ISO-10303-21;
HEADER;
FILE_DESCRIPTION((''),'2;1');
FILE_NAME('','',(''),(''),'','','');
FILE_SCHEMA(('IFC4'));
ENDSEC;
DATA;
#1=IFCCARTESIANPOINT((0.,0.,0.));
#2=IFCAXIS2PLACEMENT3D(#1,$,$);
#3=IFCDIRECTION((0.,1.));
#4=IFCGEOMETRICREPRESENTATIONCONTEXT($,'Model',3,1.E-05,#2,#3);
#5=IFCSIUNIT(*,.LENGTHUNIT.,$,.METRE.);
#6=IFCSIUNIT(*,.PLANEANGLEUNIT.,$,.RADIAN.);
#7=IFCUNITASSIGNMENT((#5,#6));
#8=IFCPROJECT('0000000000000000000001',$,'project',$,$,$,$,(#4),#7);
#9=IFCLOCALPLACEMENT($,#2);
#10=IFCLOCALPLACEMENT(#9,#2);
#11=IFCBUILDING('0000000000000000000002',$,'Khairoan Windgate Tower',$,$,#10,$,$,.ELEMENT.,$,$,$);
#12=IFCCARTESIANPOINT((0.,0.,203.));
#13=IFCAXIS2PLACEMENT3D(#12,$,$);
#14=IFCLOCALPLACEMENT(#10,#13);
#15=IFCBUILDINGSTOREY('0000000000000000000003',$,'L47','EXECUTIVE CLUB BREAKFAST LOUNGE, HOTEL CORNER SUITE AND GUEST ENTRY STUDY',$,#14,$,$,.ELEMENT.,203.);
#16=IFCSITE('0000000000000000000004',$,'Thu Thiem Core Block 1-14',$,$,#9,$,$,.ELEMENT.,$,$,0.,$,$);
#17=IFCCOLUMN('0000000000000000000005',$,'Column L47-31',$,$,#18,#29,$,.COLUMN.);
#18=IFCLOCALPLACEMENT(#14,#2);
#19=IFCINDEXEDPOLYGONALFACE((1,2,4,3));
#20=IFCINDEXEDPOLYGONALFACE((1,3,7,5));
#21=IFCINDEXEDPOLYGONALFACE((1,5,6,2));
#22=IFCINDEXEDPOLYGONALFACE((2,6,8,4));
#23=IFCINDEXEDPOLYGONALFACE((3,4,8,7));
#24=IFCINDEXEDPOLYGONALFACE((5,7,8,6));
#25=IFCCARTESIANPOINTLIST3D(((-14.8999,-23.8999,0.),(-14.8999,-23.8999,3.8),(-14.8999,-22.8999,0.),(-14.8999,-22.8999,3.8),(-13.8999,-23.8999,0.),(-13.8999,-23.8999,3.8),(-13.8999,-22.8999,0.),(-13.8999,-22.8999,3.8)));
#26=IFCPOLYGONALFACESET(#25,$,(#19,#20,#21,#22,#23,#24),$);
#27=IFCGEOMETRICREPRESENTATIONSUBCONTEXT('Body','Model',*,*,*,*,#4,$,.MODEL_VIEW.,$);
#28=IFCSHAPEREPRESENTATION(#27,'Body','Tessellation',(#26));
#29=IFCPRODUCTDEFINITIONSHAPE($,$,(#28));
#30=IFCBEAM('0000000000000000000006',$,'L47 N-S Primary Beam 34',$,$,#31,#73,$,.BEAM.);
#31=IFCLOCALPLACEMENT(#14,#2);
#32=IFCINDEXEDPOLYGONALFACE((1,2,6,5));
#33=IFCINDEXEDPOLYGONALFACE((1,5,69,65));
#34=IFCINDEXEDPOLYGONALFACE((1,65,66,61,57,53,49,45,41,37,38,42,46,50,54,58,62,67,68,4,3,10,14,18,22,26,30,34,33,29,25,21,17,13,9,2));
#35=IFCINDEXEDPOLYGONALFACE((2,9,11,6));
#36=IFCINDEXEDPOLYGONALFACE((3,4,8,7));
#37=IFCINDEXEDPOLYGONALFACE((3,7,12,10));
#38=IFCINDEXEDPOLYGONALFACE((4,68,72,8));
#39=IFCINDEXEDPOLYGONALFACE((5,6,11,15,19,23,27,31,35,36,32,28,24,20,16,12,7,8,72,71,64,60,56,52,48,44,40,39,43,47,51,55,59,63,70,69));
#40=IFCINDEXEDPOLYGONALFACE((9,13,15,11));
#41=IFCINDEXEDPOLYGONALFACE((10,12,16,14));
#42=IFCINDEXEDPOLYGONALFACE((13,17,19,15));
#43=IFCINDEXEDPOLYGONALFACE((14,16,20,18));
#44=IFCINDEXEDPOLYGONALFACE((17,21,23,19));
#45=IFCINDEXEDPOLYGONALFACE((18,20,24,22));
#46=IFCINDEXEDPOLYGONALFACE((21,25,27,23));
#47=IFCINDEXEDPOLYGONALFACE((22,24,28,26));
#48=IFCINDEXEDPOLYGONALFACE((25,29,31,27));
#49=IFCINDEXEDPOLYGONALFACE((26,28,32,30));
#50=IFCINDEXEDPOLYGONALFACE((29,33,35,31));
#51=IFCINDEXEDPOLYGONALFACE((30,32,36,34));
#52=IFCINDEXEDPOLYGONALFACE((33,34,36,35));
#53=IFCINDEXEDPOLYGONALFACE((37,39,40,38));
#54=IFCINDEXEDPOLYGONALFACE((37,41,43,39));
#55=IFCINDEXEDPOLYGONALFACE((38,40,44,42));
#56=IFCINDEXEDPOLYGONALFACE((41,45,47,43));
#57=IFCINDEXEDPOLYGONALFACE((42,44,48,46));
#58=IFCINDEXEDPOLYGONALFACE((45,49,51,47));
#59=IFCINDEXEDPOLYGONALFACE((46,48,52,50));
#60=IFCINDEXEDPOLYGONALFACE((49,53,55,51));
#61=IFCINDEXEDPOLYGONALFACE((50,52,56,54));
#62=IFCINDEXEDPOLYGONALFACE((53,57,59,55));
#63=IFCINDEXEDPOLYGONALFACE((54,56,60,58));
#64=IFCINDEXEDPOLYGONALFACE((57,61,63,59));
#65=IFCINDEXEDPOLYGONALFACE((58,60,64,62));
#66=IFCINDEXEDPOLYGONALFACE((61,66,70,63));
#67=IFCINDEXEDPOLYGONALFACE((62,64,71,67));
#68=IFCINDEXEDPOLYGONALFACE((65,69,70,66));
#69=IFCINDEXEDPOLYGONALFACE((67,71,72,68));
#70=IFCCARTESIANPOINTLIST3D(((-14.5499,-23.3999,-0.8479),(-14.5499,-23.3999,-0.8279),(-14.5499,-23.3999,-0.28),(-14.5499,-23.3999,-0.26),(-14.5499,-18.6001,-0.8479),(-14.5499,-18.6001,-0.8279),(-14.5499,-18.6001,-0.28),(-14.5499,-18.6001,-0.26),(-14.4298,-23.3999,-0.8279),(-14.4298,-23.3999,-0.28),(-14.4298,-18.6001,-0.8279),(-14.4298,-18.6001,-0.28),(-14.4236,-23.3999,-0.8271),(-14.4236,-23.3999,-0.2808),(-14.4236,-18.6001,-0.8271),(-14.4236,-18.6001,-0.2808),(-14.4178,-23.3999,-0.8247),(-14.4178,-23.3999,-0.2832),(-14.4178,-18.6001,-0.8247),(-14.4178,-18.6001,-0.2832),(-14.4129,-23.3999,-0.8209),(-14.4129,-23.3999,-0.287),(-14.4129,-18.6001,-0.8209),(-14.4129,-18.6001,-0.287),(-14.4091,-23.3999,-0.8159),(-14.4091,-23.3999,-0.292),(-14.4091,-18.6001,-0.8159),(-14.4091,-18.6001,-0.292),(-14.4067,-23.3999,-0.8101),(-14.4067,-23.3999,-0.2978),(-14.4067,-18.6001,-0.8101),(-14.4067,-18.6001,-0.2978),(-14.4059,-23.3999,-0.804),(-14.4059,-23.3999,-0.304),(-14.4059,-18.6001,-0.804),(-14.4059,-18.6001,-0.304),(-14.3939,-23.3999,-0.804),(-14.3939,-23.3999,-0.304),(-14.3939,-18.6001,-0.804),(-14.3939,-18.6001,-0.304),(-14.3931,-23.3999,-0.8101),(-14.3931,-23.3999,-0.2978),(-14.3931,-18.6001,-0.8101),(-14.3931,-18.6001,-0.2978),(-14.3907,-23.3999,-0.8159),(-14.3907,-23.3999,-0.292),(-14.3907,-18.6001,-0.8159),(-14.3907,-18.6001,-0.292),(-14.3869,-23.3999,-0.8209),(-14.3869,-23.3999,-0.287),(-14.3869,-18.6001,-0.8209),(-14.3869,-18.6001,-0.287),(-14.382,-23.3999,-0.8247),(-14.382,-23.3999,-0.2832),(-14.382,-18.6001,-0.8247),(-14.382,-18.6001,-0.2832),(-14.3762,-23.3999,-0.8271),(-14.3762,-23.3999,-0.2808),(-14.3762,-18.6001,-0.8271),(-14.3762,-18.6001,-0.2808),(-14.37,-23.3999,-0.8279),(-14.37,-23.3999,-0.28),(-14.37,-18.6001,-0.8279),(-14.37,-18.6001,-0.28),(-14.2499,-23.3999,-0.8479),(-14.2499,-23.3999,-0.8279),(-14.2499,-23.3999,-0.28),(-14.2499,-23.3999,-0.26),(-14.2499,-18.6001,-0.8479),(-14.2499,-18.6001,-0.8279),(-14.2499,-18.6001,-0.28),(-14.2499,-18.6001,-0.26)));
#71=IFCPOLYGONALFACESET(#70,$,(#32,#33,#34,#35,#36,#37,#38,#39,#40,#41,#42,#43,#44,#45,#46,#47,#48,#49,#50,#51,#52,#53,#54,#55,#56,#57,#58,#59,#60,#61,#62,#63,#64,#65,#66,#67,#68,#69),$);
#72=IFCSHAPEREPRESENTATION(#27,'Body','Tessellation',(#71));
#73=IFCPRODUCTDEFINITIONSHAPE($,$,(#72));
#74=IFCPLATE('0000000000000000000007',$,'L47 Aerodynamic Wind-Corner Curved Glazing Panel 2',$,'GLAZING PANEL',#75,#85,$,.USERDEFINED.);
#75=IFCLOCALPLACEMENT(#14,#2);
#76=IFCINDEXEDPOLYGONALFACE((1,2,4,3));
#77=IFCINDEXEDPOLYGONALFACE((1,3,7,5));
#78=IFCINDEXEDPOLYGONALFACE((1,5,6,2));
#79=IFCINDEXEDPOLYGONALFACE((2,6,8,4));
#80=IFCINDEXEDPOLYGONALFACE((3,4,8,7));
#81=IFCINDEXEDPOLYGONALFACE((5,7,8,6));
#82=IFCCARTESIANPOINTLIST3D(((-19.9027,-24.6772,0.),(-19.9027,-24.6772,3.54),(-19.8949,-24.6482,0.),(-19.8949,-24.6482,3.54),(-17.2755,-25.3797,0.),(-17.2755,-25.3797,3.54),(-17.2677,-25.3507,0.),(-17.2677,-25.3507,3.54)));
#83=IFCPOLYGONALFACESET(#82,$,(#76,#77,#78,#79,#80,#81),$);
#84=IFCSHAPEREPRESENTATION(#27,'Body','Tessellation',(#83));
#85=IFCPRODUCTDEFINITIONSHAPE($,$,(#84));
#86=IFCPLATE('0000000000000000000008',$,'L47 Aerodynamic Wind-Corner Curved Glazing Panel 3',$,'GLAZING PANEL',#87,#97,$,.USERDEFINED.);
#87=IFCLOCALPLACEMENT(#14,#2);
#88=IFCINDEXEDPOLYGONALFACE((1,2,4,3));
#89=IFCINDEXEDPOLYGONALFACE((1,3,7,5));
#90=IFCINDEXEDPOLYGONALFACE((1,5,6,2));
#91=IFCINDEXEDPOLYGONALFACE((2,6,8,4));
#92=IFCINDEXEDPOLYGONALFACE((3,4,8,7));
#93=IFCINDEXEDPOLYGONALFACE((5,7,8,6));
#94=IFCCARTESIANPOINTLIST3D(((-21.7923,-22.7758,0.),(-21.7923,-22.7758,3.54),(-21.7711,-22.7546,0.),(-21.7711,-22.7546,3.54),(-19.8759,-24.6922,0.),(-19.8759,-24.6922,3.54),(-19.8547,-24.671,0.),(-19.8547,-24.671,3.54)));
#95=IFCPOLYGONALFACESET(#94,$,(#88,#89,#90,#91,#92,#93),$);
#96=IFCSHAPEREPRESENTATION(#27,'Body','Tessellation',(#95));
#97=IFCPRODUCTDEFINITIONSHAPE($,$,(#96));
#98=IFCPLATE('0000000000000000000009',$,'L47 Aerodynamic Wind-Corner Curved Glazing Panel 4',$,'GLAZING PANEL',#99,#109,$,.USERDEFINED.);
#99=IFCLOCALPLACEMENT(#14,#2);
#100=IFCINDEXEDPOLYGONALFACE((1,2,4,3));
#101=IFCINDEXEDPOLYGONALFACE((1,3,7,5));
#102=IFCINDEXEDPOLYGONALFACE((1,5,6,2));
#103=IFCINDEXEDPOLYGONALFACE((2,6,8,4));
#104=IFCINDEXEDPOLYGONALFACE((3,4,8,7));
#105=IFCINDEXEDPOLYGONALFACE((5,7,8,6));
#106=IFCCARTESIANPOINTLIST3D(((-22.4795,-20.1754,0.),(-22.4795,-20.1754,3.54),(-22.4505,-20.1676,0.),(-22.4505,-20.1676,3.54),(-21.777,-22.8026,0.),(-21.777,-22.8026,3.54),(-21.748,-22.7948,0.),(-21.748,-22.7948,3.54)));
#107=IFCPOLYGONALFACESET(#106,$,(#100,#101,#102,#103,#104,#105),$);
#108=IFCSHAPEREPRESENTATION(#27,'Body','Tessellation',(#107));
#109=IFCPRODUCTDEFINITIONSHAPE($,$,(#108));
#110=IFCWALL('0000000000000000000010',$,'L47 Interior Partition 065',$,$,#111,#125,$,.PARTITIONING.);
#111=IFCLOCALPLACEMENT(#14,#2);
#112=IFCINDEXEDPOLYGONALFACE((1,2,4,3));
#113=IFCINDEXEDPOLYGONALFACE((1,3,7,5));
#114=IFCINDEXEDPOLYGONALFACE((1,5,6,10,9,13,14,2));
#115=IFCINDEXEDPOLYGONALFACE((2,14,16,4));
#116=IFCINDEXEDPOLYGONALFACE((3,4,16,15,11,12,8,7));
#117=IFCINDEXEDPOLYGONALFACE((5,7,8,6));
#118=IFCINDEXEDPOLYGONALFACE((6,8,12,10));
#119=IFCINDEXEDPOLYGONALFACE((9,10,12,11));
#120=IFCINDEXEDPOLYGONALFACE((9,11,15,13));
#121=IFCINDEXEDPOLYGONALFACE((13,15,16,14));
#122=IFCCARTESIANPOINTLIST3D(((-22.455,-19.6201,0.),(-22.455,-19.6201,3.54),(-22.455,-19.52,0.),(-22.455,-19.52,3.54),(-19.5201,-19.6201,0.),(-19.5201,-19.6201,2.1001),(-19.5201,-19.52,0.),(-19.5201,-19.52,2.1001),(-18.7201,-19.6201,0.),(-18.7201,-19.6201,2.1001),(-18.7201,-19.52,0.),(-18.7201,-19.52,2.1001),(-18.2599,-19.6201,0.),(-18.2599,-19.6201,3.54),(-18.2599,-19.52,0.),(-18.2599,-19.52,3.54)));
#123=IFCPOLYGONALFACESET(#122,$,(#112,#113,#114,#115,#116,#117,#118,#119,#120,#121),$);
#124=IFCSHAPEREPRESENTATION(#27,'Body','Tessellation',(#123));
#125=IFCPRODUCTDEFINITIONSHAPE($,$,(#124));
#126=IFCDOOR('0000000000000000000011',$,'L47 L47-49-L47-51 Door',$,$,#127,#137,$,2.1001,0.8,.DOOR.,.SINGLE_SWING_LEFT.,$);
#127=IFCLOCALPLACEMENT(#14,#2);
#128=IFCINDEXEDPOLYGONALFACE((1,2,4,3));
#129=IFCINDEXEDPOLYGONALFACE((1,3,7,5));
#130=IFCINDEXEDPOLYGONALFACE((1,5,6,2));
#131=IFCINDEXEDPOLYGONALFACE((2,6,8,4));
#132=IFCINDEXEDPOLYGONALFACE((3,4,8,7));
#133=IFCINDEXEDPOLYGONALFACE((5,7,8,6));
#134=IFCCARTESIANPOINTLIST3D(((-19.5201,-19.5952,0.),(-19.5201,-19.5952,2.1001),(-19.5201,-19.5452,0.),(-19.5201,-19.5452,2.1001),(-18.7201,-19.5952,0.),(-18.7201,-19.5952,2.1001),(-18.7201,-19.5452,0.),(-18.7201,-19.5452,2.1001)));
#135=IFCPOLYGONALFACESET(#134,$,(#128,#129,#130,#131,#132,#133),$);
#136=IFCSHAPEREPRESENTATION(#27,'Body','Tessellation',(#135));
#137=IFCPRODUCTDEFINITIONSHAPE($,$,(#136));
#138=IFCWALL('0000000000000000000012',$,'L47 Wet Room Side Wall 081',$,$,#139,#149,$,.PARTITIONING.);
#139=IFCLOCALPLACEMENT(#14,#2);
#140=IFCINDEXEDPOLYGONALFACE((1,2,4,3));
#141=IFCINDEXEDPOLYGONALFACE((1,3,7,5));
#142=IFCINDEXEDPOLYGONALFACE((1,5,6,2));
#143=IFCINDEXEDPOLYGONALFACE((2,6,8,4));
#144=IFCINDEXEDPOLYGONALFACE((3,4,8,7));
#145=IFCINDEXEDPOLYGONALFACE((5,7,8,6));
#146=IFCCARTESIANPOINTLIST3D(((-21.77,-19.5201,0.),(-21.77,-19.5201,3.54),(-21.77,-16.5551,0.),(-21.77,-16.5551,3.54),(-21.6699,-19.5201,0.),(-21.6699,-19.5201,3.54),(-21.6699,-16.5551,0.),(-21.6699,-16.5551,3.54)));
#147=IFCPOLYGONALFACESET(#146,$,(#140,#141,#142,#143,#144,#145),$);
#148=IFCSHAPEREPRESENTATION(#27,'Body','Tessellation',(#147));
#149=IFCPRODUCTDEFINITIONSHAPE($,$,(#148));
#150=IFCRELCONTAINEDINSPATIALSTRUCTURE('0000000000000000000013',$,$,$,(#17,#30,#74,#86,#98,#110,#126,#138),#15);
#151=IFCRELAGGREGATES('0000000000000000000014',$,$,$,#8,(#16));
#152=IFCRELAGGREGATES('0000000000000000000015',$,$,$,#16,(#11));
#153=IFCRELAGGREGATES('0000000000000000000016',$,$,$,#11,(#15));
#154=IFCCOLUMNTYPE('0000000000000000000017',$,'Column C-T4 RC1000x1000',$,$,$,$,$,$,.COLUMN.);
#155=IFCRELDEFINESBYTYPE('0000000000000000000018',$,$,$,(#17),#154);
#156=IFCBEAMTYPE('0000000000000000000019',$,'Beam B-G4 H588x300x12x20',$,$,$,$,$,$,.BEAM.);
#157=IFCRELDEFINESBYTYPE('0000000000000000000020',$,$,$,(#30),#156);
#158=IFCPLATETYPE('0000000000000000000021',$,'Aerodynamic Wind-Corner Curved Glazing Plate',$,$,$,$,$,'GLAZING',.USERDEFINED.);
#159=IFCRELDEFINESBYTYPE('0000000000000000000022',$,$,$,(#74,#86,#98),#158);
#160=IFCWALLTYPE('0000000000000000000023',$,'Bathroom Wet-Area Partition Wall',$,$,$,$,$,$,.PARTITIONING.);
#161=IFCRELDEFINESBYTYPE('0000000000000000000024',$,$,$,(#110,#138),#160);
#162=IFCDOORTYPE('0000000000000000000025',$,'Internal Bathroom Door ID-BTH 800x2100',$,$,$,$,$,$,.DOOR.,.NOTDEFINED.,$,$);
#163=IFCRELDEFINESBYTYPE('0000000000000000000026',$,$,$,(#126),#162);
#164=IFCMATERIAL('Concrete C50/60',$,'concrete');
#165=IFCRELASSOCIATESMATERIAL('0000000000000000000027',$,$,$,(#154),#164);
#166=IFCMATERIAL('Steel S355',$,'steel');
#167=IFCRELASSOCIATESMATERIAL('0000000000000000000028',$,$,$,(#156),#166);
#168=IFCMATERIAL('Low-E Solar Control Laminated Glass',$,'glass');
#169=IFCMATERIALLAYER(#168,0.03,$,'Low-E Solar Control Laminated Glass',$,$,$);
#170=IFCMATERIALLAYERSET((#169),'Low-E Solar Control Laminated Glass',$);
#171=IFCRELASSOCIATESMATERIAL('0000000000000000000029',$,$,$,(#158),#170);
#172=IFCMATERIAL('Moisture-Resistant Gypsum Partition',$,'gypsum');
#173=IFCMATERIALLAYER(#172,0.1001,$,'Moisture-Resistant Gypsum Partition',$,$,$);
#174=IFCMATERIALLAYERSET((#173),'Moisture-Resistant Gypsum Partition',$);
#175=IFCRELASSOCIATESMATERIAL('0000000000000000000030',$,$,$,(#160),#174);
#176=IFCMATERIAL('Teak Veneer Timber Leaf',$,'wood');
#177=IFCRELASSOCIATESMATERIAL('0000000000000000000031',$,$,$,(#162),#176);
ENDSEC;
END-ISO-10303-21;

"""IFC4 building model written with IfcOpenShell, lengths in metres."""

from ifc_helpers import new_model, si_unit, direction, frame, frame_2d, origin, origin_2d, place, context, subcontext, project, spatial, rectangle, i_section, extrude, material, layer, layer_set, material_profile, profile_set, type_object, element, fill, save


model = new_model("IFC4")

# Units and contexts
model_context = context("Model", 3, precision=1e-05, world=origin(), true_north=direction((0.0, 1.0)))
body_context = subcontext(model_context, "Body", "Model", "MODEL_VIEW")
ifc_project = project(units=[si_unit("LENGTHUNIT", "METRE"), si_unit("PLANEANGLEUNIT", "RADIAN")], contexts=[model_context])

# Site, building, storey
site_placement = place(None, origin())
site = spatial("IfcSite", under=ifc_project, at=site_placement, Name="Thu Thiem Core Block 1-14", CompositionType="ELEMENT", RefElevation=0.0)
building_placement = place(site_placement, origin())
building = spatial("IfcBuilding", under=site, at=building_placement, Name="Khairoan Windgate Tower", CompositionType="ELEMENT")
storey_placement = place(building_placement, frame((0.0, 0.0, 203.0)))
storey = spatial("IfcBuildingStorey", under=building, at=storey_placement, Name="L47", Description="EXECUTIVE CLUB BREAKFAST LOUNGE, HOTEL CORNER SUITE AND GUEST ENTRY STUDY", CompositionType="ELEMENT", Elevation=203.0)

# Column
ifc_material_1 = material(Name="Concrete C50/60", Category="concrete")
ifc_material_profile_1 = material_profile(ifc_material_1, rectangle(XDim=1.0, YDim=1.0, at=origin_2d()))
ifc_profile_set_1 = profile_set([ifc_material_profile_1], Name="Concrete C50/60")
column_type = type_object("IfcColumnType", Name="Column C-T4 RC1000x1000", PredefinedType="COLUMN", material=ifc_profile_set_1)
column_placement = place(storey_placement, frame((-14.3999, -23.3999, 0.0), z_axis=(0.0, 0.0, 1.0), x_axis=(1.0, 0.0, 0.0)))
element("IfcColumn", 1, at=column_placement, inside=storey, type_object=column_type, Name="Column L47-31", PredefinedType="COLUMN", context=body_context, shape_type="SweptSolid", body=[
    extrude(rectangle(XDim=1.0, YDim=1.0, at=origin_2d()), origin(), (0.0, 0.0, 1.0), 3.8),
])

# Beam
ifc_material_2 = material(Name="Steel S355", Category="steel")
ifc_material_profile_2 = material_profile(ifc_material_2, i_section(OverallWidth=0.3, OverallDepth=0.5879, WebThickness=0.012, FlangeThickness=0.02, FilletRadius=0.0239, at=origin_2d()))
ifc_profile_set_2 = profile_set([ifc_material_profile_2], Name="Steel S355")
beam_type = type_object("IfcBeamType", Name="Beam B-G4 H588x300x12x20", PredefinedType="BEAM", material=ifc_profile_set_2)
beam_placement = place(storey_placement, frame((-14.3999, -23.3999, -0.554), z_axis=(0.0, 1.0, 0.0), x_axis=(-1.0, 0.0, 0.0)))
element("IfcBeam", 2, at=beam_placement, inside=storey, type_object=beam_type, Name="L47 N-S Primary Beam 34", PredefinedType="BEAM", context=body_context, shape_type="SweptSolid", body=[
    extrude(i_section(OverallWidth=0.3, OverallDepth=0.5879, WebThickness=0.012, FlangeThickness=0.02, FilletRadius=0.0239, at=origin_2d()), origin(), (0.0, 0.0, 1.0), 4.7998),
])

# Plates
ifc_material_3 = material(Name="Low-E Solar Control Laminated Glass", Category="glass")
ifc_layer_1 = layer(ifc_material_3, 0.03, Name="Low-E Solar Control Laminated Glass")
ifc_layer_set_1 = layer_set([ifc_layer_1], Name="Low-E Solar Control Laminated Glass")
plate_type_1 = type_object("IfcPlateType", Name="Aerodynamic Wind-Corner Curved Glazing Plate", ElementType="GLAZING", PredefinedType="USERDEFINED", material=ifc_layer_set_1)
plate_1_placement = place(storey_placement, frame((-18.5852, -25.0139, 0.0), z_axis=(0.0, 0.0, 1.0), x_axis=(-0.966061, 0.258313, 0.0)))
element("IfcPlate", 3, at=plate_1_placement, inside=storey, type_object=plate_type_1, Name="L47 Aerodynamic Wind-Corner Curved Glazing Panel 2", ObjectType="GLAZING PANEL", PredefinedType="USERDEFINED", context=body_context, shape_type="SweptSolid", body=[
    extrude(rectangle(XDim=2.7195, YDim=0.03, at=origin_2d()), origin(), (0.0, 0.0, 1.0), 3.54),
])
plate_2_placement = place(storey_placement, frame((-20.8235, -23.7234, 0.0), z_axis=(0.0, 0.0, 1.0), x_axis=(-0.707107, 0.707107, 0.0)))
element("IfcPlate", 4, at=plate_2_placement, inside=storey, type_object=plate_type_1, Name="L47 Aerodynamic Wind-Corner Curved Glazing Panel 3", ObjectType="GLAZING PANEL", PredefinedType="USERDEFINED", context=body_context, shape_type="SweptSolid", body=[
    extrude(rectangle(XDim=2.7102, YDim=0.03, at=origin_2d()), origin(), (0.0, 0.0, 1.0), 3.54),
])
plate_3_placement = place(storey_placement, frame((-22.1138, -21.4851, 0.0), z_axis=(0.0, 0.0, 1.0), x_axis=(-0.258313, 0.966061, 0.0)))
element("IfcPlate", 5, at=plate_3_placement, inside=storey, type_object=plate_type_1, Name="L47 Aerodynamic Wind-Corner Curved Glazing Panel 4", ObjectType="GLAZING PANEL", PredefinedType="USERDEFINED", context=body_context, shape_type="SweptSolid", body=[
    extrude(rectangle(XDim=2.7195, YDim=0.03, at=origin_2d()), origin(), (0.0, 0.0, 1.0), 3.54),
])

# Wall, opening, door
ifc_material_4 = material(Name="Moisture-Resistant Gypsum Partition", Category="gypsum")
ifc_layer_2 = layer(ifc_material_4, 0.1001, Name="Moisture-Resistant Gypsum Partition")
ifc_layer_set_2 = layer_set([ifc_layer_2], Name="Moisture-Resistant Gypsum Partition")
wall_type_1 = type_object("IfcWallType", Name="Bathroom Wet-Area Partition Wall", PredefinedType="PARTITIONING", material=ifc_layer_set_2)
wall_1_placement = place(storey_placement, frame((-22.4551, -19.5701, 0.0), z_axis=(0.0, 0.0, 1.0), x_axis=(1.0, 0.0, 0.0)))
wall_1 = element("IfcWall", 6, at=wall_1_placement, inside=storey, type_object=wall_type_1, Name="L47 Interior Partition 065", PredefinedType="PARTITIONING", context=body_context, shape_type="SweptSolid", body=[
    extrude(rectangle(XDim=4.1951, YDim=0.1001, at=frame_2d((2.0977, 0.0))), origin(), (0.0, 0.0, 1.0), 3.54),
])
opening_1_placement = place(wall_1_placement, frame((2.9351, 0.0, 0.0)))
opening_1 = element("IfcOpeningElement", 7, at=opening_1_placement, cuts=wall_1, PredefinedType="OPENING", context=body_context, shape_type="SweptSolid", body=[
    extrude(rectangle(XDim=0.8, YDim=2.1001, at=frame_2d((0.3999, 1.05))), frame((0.0, 0.0601, 0.0), z_axis=(0.0, -1.0, 0.0), x_axis=(1.0, 0.0, 0.0)), (0.0, 0.0, 1.0), 0.1201),
])
ifc_material_5 = material(Name="Teak Veneer Timber Leaf", Category="wood")
door_type_1 = type_object("IfcDoorType", Name="Internal Bathroom Door ID-BTH 800x2100", OperationType="NOTDEFINED", PredefinedType="DOOR", material=ifc_material_5)
door_1_placement = place(opening_1_placement, origin())
door_1 = element("IfcDoor", 8, at=door_1_placement, inside=storey, type_object=door_type_1, Name="L47 L47-49-L47-51 Door", OperationType="SINGLE_SWING_LEFT", OverallHeight=2.1001, OverallWidth=0.8, PredefinedType="DOOR", context=body_context, shape_type="SweptSolid", body=[
    extrude(rectangle(XDim=0.8, YDim=2.1001, at=frame_2d((0.3999, 1.05))), frame((0.0, 0.0249, 0.0), z_axis=(0.0, -1.0, 0.0), x_axis=(1.0, 0.0, 0.0)), (0.0, 0.0, 1.0), 0.05),
])
fill(opening_1, door_1)

# Wall
wall_2_placement = place(storey_placement, frame((-21.72, -19.52, 0.0), z_axis=(0.0, 0.0, 1.0), x_axis=(0.0, 1.0, 0.0)))
element("IfcWall", 9, at=wall_2_placement, inside=storey, type_object=wall_type_1, Name="L47 Wet Room Side Wall 081", PredefinedType="PARTITIONING", context=body_context, shape_type="SweptSolid", body=[
    extrude(rectangle(XDim=2.9651, YDim=0.1001, at=frame_2d((1.4824, 0.0))), origin(), (0.0, 0.0, 1.0), 3.54),
])

save(model, "model.ifc")
